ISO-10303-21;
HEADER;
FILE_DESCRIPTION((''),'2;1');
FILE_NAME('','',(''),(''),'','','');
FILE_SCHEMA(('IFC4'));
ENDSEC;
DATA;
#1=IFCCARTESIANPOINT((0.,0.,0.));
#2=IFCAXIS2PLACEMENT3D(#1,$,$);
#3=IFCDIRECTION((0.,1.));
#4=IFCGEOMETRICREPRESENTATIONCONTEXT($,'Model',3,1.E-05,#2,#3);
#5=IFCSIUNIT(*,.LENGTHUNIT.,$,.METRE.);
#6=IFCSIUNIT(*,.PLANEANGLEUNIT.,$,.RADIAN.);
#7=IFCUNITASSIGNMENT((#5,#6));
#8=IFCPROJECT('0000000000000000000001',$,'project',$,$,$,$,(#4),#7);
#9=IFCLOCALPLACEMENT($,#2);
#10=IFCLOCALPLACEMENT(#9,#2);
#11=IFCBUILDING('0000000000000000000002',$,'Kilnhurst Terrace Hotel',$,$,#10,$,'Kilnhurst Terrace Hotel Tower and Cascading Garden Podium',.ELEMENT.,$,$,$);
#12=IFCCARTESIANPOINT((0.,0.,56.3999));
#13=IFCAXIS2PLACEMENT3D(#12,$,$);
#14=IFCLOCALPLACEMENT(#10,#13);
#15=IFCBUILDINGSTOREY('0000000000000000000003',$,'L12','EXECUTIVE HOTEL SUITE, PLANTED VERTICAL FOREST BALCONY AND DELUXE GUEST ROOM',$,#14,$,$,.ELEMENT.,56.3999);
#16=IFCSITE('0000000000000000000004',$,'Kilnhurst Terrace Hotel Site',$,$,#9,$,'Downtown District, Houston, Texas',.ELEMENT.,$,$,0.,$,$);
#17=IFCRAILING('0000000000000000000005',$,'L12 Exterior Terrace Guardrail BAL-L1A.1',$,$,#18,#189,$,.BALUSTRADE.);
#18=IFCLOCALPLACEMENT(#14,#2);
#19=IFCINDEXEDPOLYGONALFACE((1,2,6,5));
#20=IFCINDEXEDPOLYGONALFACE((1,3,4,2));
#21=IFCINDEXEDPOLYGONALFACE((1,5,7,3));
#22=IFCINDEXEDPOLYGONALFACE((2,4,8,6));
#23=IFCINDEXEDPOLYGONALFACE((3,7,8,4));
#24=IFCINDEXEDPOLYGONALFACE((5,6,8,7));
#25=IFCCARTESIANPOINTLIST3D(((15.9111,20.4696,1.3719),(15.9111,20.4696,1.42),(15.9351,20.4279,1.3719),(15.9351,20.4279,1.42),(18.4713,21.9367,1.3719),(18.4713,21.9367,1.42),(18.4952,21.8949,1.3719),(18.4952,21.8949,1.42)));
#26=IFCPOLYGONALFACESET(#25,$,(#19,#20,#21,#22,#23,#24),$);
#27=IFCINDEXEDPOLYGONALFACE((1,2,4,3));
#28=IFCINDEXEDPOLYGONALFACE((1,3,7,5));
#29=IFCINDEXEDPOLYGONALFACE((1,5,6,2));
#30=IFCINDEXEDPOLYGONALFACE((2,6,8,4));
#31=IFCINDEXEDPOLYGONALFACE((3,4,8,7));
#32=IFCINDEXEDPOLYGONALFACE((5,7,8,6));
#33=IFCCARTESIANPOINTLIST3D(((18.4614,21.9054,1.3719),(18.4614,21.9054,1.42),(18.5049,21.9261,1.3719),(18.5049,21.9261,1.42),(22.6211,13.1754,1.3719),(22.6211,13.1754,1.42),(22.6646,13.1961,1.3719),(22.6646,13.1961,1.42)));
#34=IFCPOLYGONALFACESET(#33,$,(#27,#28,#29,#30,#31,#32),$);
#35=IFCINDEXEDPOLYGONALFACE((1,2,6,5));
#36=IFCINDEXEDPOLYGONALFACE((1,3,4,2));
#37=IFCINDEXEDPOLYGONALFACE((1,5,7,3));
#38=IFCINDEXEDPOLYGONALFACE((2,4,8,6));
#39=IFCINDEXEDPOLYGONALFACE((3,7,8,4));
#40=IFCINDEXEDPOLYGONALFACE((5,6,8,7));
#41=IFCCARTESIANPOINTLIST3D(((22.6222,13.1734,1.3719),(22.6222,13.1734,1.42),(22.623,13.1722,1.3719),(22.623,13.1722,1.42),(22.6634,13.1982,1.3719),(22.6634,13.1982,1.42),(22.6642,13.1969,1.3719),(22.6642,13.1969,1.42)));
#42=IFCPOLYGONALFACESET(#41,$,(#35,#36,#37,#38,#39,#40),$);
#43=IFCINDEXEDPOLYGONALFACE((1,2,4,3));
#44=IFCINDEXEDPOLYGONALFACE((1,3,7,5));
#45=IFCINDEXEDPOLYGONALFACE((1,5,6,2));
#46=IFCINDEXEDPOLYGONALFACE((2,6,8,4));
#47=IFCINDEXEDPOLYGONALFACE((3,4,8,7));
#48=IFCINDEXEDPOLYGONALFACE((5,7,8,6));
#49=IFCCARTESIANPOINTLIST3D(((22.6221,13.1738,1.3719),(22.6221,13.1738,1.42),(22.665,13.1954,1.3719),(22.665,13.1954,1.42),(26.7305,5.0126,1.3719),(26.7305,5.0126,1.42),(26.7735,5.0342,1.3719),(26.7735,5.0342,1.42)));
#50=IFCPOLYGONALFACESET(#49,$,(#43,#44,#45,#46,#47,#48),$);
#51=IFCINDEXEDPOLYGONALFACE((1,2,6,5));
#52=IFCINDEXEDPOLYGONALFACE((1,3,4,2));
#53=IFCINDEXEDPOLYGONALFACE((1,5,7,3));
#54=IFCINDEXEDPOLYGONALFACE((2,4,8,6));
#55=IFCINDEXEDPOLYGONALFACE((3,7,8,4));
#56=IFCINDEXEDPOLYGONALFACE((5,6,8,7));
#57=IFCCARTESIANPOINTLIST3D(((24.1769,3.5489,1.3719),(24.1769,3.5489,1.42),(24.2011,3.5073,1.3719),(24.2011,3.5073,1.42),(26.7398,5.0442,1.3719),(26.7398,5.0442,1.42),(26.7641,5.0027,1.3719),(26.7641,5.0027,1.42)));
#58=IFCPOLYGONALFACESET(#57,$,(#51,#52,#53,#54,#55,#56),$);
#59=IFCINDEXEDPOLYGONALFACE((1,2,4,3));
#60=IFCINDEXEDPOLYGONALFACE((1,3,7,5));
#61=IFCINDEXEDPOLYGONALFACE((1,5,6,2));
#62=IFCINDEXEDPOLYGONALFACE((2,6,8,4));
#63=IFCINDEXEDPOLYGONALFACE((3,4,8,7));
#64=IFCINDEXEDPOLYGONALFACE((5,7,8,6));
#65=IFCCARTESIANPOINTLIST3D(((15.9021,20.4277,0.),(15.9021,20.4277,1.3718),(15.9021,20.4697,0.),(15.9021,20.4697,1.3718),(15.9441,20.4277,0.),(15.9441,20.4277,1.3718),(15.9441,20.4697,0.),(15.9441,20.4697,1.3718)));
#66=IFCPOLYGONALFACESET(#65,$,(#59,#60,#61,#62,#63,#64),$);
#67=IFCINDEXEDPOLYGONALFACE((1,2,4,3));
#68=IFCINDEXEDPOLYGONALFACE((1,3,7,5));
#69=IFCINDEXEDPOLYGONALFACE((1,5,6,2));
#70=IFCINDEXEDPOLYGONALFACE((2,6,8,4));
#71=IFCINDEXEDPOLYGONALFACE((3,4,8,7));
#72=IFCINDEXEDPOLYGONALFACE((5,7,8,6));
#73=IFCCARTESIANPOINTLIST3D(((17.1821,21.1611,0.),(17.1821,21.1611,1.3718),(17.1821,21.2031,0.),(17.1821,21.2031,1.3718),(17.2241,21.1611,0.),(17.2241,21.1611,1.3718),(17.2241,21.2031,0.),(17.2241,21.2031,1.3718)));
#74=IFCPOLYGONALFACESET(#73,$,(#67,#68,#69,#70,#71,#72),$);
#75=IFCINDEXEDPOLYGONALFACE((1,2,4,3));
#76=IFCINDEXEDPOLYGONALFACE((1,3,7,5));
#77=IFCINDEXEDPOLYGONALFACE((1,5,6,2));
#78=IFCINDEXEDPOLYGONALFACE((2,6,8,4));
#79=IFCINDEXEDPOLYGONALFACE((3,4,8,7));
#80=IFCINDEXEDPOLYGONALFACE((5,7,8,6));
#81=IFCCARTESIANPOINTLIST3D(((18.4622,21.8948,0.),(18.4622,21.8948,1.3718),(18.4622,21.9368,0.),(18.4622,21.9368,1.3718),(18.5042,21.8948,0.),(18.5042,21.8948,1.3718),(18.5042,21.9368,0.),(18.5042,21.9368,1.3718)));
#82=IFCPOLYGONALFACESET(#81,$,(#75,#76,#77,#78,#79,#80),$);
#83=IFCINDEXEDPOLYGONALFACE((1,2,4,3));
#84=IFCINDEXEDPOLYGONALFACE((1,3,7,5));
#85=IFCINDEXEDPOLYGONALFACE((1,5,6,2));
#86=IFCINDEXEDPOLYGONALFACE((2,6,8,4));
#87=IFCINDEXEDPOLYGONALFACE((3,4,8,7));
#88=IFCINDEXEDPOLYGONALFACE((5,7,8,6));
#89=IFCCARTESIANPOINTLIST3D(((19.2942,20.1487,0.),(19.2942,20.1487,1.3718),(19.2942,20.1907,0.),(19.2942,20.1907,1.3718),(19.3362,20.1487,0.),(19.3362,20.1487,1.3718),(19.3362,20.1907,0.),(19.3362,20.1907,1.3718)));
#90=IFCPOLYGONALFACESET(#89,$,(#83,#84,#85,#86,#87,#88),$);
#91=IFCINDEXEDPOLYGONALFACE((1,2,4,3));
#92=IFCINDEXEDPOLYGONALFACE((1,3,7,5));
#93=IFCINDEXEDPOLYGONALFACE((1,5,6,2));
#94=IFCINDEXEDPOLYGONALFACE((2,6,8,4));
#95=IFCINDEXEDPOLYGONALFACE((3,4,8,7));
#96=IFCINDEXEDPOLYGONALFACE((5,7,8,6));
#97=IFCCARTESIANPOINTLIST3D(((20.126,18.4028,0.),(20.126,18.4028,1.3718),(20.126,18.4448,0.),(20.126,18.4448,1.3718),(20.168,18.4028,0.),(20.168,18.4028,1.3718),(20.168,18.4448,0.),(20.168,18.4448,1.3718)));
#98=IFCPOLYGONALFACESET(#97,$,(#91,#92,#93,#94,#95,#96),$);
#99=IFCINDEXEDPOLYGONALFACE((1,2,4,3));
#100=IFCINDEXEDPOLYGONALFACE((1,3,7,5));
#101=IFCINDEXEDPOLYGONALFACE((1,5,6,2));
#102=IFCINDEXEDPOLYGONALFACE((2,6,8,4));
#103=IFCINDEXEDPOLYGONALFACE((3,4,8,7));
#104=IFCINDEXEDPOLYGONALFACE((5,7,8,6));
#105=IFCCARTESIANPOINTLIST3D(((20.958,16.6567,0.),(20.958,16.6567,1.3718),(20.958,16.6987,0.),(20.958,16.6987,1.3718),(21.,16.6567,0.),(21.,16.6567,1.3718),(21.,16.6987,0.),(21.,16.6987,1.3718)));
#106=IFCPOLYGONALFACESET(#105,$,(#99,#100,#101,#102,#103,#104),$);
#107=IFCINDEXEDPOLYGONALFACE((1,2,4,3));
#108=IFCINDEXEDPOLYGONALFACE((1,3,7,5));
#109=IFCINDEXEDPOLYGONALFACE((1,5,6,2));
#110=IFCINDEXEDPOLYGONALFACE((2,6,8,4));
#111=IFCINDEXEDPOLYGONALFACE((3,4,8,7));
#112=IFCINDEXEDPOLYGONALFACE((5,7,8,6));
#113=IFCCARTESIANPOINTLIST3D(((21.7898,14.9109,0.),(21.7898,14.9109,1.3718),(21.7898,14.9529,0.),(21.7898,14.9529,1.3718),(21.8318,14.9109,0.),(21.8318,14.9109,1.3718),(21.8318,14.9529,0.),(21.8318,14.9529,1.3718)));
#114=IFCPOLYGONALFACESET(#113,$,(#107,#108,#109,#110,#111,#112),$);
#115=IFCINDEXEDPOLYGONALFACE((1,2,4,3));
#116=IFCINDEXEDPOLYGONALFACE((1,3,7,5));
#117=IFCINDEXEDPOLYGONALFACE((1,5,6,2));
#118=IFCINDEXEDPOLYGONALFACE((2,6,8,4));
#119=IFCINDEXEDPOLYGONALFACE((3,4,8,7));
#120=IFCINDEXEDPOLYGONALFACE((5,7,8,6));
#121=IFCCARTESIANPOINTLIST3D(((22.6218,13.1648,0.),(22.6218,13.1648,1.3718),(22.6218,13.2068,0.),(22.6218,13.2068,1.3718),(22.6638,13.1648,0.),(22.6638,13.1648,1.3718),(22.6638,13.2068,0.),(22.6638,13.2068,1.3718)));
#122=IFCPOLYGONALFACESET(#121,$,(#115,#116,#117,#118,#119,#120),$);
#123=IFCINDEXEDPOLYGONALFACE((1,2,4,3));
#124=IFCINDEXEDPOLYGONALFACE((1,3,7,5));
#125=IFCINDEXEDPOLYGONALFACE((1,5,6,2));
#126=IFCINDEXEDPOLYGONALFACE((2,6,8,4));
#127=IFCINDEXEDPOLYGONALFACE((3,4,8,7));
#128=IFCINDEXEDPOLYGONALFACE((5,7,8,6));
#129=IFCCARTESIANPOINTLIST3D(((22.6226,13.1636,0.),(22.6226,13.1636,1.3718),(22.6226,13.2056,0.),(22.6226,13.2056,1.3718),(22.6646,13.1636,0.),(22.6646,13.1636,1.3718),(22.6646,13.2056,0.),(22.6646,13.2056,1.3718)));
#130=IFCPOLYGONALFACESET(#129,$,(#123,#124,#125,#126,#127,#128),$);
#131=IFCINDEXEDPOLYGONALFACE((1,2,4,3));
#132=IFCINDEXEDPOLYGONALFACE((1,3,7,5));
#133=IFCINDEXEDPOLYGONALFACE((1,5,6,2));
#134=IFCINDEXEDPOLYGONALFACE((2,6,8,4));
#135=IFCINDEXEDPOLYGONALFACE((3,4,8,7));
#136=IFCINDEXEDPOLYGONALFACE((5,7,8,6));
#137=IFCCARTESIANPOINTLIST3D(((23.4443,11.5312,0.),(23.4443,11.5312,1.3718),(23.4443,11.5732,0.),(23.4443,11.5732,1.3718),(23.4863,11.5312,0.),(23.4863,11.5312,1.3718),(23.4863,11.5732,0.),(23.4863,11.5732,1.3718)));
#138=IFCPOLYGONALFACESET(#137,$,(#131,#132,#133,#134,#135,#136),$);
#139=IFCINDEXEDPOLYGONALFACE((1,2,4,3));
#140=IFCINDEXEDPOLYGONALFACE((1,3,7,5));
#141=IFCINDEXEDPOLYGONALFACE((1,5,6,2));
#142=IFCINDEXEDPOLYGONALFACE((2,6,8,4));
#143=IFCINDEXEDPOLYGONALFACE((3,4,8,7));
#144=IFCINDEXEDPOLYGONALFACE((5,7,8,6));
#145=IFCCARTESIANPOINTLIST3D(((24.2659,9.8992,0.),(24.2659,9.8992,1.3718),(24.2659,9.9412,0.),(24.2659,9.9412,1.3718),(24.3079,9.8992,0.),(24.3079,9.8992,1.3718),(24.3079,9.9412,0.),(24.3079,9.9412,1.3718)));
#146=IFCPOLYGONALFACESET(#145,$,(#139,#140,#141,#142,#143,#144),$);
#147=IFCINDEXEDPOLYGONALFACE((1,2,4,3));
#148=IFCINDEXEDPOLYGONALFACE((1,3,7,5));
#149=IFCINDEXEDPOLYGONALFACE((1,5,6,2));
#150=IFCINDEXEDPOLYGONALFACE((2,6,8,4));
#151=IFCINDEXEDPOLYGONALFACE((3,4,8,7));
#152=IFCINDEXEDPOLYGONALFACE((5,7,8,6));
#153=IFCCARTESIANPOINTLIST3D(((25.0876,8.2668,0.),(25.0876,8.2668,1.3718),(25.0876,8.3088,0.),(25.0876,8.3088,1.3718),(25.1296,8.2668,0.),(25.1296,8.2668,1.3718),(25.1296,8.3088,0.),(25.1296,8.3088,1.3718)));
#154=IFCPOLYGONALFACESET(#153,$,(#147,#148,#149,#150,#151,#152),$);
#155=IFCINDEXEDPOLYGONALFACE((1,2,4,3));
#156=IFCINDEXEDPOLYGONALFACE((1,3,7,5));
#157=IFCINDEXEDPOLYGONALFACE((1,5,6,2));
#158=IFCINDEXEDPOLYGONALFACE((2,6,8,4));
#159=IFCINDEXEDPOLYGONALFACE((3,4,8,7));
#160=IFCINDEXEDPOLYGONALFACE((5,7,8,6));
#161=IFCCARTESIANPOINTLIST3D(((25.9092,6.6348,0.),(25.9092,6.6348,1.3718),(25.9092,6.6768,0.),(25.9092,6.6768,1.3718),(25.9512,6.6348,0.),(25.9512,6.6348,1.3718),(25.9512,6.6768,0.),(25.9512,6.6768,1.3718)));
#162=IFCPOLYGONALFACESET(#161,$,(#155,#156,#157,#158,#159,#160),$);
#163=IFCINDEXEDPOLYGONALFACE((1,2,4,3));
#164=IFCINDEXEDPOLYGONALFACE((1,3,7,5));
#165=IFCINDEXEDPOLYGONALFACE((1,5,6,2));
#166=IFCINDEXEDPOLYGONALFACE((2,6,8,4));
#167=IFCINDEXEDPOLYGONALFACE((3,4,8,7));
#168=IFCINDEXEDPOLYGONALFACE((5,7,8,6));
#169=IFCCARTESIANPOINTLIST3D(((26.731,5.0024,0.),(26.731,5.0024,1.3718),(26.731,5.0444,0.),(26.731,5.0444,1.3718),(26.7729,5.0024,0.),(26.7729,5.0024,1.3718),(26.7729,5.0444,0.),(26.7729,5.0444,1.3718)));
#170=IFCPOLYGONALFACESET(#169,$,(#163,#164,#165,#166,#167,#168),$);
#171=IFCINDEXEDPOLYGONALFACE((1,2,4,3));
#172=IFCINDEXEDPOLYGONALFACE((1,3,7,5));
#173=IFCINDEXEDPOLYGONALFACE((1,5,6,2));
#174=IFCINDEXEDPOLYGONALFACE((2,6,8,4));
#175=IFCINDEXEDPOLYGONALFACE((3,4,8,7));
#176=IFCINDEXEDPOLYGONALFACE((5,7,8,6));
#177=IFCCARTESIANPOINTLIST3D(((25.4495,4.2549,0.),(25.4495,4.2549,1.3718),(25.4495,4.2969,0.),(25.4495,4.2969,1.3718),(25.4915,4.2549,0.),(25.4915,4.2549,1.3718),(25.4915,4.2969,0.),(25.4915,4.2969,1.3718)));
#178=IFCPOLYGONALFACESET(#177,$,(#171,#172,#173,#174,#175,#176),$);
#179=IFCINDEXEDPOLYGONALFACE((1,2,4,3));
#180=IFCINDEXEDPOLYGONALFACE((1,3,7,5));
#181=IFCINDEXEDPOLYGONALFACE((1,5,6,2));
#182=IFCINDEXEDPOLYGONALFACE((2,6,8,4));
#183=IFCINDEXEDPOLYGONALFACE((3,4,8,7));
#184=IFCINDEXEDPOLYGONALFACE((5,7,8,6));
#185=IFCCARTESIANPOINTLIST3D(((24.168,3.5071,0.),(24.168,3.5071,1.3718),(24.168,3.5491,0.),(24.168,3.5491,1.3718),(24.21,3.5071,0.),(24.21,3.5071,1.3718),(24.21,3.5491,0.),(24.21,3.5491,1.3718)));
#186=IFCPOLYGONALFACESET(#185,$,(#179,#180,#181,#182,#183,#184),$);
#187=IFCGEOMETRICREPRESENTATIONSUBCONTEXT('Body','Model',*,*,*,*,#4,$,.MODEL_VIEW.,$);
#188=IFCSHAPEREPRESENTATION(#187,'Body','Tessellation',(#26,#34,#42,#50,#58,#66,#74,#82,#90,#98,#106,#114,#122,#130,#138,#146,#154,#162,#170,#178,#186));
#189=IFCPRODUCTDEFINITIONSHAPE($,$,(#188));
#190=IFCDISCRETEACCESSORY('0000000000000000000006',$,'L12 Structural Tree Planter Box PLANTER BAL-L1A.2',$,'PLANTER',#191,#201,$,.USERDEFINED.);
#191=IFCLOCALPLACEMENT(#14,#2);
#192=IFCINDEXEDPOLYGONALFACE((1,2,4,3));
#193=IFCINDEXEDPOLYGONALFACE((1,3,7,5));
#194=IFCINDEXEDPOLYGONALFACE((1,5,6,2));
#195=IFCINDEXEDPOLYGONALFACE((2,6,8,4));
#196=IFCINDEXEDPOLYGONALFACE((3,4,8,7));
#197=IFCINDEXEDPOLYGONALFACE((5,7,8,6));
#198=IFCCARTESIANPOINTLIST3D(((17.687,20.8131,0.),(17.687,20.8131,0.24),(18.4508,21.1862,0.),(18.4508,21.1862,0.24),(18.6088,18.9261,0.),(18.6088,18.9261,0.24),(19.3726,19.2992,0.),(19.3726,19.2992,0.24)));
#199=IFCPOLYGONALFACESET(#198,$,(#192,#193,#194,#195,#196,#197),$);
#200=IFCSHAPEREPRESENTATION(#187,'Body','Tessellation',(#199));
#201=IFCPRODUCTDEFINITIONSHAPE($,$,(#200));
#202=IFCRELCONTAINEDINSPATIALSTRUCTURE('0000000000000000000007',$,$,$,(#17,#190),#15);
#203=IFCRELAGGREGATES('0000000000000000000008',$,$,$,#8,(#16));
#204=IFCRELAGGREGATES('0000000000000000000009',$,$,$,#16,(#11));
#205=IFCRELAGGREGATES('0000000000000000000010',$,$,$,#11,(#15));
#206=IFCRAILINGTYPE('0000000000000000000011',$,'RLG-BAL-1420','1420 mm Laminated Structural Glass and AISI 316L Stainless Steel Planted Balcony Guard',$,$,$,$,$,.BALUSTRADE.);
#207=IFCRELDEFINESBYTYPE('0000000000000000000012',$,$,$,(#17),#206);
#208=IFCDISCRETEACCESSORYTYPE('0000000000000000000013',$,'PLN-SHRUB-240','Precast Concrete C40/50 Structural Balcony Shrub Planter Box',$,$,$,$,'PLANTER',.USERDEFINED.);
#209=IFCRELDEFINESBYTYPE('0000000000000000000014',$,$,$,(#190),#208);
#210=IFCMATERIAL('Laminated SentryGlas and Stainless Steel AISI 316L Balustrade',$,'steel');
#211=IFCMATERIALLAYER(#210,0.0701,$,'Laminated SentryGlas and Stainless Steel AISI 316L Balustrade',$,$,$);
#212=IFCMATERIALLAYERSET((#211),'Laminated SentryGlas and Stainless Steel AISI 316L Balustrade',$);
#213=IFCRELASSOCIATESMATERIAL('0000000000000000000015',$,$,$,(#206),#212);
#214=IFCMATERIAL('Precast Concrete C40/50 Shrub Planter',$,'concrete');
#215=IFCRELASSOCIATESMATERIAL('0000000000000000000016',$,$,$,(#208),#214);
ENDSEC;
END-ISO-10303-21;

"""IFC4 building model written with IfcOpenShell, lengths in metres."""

from ifc_helpers import new_model, si_unit, direction, frame, origin, origin_2d, place, context, subcontext, project, spatial, rectangle, extrude, material, layer, layer_set, type_object, element, save


model = new_model("IFC4")

# Units and contexts
model_context = context("Model", 3, precision=1e-05, world=origin(), true_north=direction((0.0, 1.0)))
body_context = subcontext(model_context, "Body", "Model", "MODEL_VIEW")
ifc_project = project(units=[si_unit("LENGTHUNIT", "METRE"), si_unit("PLANEANGLEUNIT", "RADIAN")], contexts=[model_context])

# Site, building, storey
site_placement = place(None, origin())
site = spatial("IfcSite", under=ifc_project, at=site_placement, Name="Kilnhurst Terrace Hotel Site", LongName="Downtown District, Houston, Texas", CompositionType="ELEMENT", RefElevation=0.0)
building_placement = place(site_placement, origin())
building = spatial("IfcBuilding", under=site, at=building_placement, Name="Kilnhurst Terrace Hotel", LongName="Kilnhurst Terrace Hotel Tower and Cascading Garden Podium", CompositionType="ELEMENT")
storey_placement = place(building_placement, frame((0.0, 0.0, 56.3999)))
storey = spatial("IfcBuildingStorey", under=building, at=storey_placement, Name="L12", Description="EXECUTIVE HOTEL SUITE, PLANTED VERTICAL FOREST BALCONY AND DELUXE GUEST ROOM", CompositionType="ELEMENT", Elevation=56.3999)

# Railing
ifc_material_1 = material(Name="Laminated SentryGlas and Stainless Steel AISI 316L Balustrade", Category="steel")
ifc_layer_1 = layer(ifc_material_1, 0.0701, Name="Laminated SentryGlas and Stainless Steel AISI 316L Balustrade")
ifc_layer_set_1 = layer_set([ifc_layer_1], Name="Laminated SentryGlas and Stainless Steel AISI 316L Balustrade")
railing_type = type_object("IfcRailingType", Name="RLG-BAL-1420", Description="1420 mm Laminated Structural Glass and AISI 316L Stainless Steel Planted Balcony Guard", PredefinedType="BALUSTRADE", material=ifc_layer_set_1)
railing_placement = place(storey_placement, frame((15.9231, 20.4487, 0.0)))
element("IfcRailing", 1, at=railing_placement, inside=storey, type_object=railing_type, Name="L12 Exterior Terrace Guardrail BAL-L1A.1", PredefinedType="BALUSTRADE", context=body_context, shape_type="SweptSolid", body=[
    extrude(rectangle(XDim=0.0481, YDim=0.0481, at=origin_2d()), frame((0.0, 0.0, 1.396), z_axis=(0.867637, 0.497199, 0.0), x_axis=(-0.497199, 0.867637, 0.0)), (0.0, 0.0, 1.0), 2.9507),
    extrude(rectangle(XDim=0.0481, YDim=0.0481, at=origin_2d()), frame((2.5601, 1.467, 1.396), z_axis=(0.430147, -0.902759, 0.0), x_axis=(0.902759, 0.430147, 0.0)), (0.0, 0.0, 1.0), 9.6704),
    extrude(rectangle(XDim=0.0481, YDim=0.0481, at=origin_2d()), frame((6.7197, -7.2629, 1.396), z_axis=(0.514496, -0.857493, 0.0), x_axis=(0.857493, 0.514496, 0.0)), (0.0, 0.0, 1.0), 0.0015),
    extrude(rectangle(XDim=0.0481, YDim=0.0481, at=origin_2d()), frame((6.7205, -7.2642, 1.396), z_axis=(0.449649, -0.893205, 0.0), x_axis=(0.893205, 0.449649, 0.0)), (0.0, 0.0, 1.0), 9.137),
    extrude(rectangle(XDim=0.0481, YDim=0.0481, at=origin_2d()), frame((10.8289, -15.4253, 1.396), z_axis=(-0.863737, -0.503943, 0.0), x_axis=(0.503943, -0.863737, 0.0)), (0.0, 0.0, 1.0), 2.9673),
    extrude(rectangle(XDim=0.042, YDim=0.042, at=origin_2d()), origin(), (0.0, 0.0, 1.0), 1.3718),
    extrude(rectangle(XDim=0.042, YDim=0.042, at=origin_2d()), frame((1.28, 0.7334, 0.0)), (0.0, 0.0, 1.0), 1.3718),
    extrude(rectangle(XDim=0.042, YDim=0.042, at=origin_2d()), frame((2.5601, 1.467, 0.0)), (0.0, 0.0, 1.0), 1.3718),
    extrude(rectangle(XDim=0.042, YDim=0.042, at=origin_2d()), frame((3.3921, -0.2791, 0.0)), (0.0, 0.0, 1.0), 1.3718),
    extrude(rectangle(XDim=0.042, YDim=0.042, at=origin_2d()), frame((4.2239, -2.0249, 0.0)), (0.0, 0.0, 1.0), 1.3718),
    extrude(rectangle(XDim=0.042, YDim=0.042, at=origin_2d()), frame((5.0559, -3.771, 0.0)), (0.0, 0.0, 1.0), 1.3718),
    extrude(rectangle(XDim=0.042, YDim=0.042, at=origin_2d()), frame((5.8877, -5.5168, 0.0)), (0.0, 0.0, 1.0), 1.3718),
    extrude(rectangle(XDim=0.042, YDim=0.042, at=origin_2d()), frame((6.7197, -7.2629, 0.0)), (0.0, 0.0, 1.0), 1.3718),
    extrude(rectangle(XDim=0.042, YDim=0.042, at=origin_2d()), frame((6.7205, -7.2642, 0.0)), (0.0, 0.0, 1.0), 1.3718),
    extrude(rectangle(XDim=0.042, YDim=0.042, at=origin_2d()), frame((7.5422, -8.8965, 0.0)), (0.0, 0.0, 1.0), 1.3718),
    extrude(rectangle(XDim=0.042, YDim=0.042, at=origin_2d()), frame((8.3638, -10.5286, 0.0)), (0.0, 0.0, 1.0), 1.3718),
    extrude(rectangle(XDim=0.042, YDim=0.042, at=origin_2d()), frame((9.1855, -12.1609, 0.0)), (0.0, 0.0, 1.0), 1.3718),
    extrude(rectangle(XDim=0.042, YDim=0.042, at=origin_2d()), frame((10.0071, -13.793, 0.0)), (0.0, 0.0, 1.0), 1.3718),
    extrude(rectangle(XDim=0.042, YDim=0.042, at=origin_2d()), frame((10.8289, -15.4253, 0.0)), (0.0, 0.0, 1.0), 1.3718),
    extrude(rectangle(XDim=0.042, YDim=0.042, at=origin_2d()), frame((9.5474, -16.1729, 0.0)), (0.0, 0.0, 1.0), 1.3718),
    extrude(rectangle(XDim=0.042, YDim=0.042, at=origin_2d()), frame((8.2659, -16.9207, 0.0)), (0.0, 0.0, 1.0), 1.3718),
])

# Discrete accessory
ifc_material_2 = material(Name="Precast Concrete C40/50 Shrub Planter", Category="concrete")
discrete_accessory_type = type_object("IfcDiscreteAccessoryType", Name="PLN-SHRUB-240", Description="Precast Concrete C40/50 Structural Balcony Shrub Planter Box", ElementType="PLANTER", PredefinedType="USERDEFINED", material=ifc_material_2)
discrete_accessory_placement = place(storey_placement, frame((18.5298, 20.0562, 0.0), z_axis=(0.0, 0.0, 1.0), x_axis=(-0.438936, 0.898518, 0.0)))
element("IfcDiscreteAccessory", 2, at=discrete_accessory_placement, inside=storey, type_object=discrete_accessory_type, Name="L12 Structural Tree Planter Box PLANTER BAL-L1A.2", ObjectType="PLANTER", PredefinedType="USERDEFINED", context=body_context, shape_type="SweptSolid", body=[
    extrude(rectangle(XDim=2.1001, YDim=0.8501, at=origin_2d()), origin(), (0.0, 0.0, 1.0), 0.24),
])

save(model, "model.ifc")
